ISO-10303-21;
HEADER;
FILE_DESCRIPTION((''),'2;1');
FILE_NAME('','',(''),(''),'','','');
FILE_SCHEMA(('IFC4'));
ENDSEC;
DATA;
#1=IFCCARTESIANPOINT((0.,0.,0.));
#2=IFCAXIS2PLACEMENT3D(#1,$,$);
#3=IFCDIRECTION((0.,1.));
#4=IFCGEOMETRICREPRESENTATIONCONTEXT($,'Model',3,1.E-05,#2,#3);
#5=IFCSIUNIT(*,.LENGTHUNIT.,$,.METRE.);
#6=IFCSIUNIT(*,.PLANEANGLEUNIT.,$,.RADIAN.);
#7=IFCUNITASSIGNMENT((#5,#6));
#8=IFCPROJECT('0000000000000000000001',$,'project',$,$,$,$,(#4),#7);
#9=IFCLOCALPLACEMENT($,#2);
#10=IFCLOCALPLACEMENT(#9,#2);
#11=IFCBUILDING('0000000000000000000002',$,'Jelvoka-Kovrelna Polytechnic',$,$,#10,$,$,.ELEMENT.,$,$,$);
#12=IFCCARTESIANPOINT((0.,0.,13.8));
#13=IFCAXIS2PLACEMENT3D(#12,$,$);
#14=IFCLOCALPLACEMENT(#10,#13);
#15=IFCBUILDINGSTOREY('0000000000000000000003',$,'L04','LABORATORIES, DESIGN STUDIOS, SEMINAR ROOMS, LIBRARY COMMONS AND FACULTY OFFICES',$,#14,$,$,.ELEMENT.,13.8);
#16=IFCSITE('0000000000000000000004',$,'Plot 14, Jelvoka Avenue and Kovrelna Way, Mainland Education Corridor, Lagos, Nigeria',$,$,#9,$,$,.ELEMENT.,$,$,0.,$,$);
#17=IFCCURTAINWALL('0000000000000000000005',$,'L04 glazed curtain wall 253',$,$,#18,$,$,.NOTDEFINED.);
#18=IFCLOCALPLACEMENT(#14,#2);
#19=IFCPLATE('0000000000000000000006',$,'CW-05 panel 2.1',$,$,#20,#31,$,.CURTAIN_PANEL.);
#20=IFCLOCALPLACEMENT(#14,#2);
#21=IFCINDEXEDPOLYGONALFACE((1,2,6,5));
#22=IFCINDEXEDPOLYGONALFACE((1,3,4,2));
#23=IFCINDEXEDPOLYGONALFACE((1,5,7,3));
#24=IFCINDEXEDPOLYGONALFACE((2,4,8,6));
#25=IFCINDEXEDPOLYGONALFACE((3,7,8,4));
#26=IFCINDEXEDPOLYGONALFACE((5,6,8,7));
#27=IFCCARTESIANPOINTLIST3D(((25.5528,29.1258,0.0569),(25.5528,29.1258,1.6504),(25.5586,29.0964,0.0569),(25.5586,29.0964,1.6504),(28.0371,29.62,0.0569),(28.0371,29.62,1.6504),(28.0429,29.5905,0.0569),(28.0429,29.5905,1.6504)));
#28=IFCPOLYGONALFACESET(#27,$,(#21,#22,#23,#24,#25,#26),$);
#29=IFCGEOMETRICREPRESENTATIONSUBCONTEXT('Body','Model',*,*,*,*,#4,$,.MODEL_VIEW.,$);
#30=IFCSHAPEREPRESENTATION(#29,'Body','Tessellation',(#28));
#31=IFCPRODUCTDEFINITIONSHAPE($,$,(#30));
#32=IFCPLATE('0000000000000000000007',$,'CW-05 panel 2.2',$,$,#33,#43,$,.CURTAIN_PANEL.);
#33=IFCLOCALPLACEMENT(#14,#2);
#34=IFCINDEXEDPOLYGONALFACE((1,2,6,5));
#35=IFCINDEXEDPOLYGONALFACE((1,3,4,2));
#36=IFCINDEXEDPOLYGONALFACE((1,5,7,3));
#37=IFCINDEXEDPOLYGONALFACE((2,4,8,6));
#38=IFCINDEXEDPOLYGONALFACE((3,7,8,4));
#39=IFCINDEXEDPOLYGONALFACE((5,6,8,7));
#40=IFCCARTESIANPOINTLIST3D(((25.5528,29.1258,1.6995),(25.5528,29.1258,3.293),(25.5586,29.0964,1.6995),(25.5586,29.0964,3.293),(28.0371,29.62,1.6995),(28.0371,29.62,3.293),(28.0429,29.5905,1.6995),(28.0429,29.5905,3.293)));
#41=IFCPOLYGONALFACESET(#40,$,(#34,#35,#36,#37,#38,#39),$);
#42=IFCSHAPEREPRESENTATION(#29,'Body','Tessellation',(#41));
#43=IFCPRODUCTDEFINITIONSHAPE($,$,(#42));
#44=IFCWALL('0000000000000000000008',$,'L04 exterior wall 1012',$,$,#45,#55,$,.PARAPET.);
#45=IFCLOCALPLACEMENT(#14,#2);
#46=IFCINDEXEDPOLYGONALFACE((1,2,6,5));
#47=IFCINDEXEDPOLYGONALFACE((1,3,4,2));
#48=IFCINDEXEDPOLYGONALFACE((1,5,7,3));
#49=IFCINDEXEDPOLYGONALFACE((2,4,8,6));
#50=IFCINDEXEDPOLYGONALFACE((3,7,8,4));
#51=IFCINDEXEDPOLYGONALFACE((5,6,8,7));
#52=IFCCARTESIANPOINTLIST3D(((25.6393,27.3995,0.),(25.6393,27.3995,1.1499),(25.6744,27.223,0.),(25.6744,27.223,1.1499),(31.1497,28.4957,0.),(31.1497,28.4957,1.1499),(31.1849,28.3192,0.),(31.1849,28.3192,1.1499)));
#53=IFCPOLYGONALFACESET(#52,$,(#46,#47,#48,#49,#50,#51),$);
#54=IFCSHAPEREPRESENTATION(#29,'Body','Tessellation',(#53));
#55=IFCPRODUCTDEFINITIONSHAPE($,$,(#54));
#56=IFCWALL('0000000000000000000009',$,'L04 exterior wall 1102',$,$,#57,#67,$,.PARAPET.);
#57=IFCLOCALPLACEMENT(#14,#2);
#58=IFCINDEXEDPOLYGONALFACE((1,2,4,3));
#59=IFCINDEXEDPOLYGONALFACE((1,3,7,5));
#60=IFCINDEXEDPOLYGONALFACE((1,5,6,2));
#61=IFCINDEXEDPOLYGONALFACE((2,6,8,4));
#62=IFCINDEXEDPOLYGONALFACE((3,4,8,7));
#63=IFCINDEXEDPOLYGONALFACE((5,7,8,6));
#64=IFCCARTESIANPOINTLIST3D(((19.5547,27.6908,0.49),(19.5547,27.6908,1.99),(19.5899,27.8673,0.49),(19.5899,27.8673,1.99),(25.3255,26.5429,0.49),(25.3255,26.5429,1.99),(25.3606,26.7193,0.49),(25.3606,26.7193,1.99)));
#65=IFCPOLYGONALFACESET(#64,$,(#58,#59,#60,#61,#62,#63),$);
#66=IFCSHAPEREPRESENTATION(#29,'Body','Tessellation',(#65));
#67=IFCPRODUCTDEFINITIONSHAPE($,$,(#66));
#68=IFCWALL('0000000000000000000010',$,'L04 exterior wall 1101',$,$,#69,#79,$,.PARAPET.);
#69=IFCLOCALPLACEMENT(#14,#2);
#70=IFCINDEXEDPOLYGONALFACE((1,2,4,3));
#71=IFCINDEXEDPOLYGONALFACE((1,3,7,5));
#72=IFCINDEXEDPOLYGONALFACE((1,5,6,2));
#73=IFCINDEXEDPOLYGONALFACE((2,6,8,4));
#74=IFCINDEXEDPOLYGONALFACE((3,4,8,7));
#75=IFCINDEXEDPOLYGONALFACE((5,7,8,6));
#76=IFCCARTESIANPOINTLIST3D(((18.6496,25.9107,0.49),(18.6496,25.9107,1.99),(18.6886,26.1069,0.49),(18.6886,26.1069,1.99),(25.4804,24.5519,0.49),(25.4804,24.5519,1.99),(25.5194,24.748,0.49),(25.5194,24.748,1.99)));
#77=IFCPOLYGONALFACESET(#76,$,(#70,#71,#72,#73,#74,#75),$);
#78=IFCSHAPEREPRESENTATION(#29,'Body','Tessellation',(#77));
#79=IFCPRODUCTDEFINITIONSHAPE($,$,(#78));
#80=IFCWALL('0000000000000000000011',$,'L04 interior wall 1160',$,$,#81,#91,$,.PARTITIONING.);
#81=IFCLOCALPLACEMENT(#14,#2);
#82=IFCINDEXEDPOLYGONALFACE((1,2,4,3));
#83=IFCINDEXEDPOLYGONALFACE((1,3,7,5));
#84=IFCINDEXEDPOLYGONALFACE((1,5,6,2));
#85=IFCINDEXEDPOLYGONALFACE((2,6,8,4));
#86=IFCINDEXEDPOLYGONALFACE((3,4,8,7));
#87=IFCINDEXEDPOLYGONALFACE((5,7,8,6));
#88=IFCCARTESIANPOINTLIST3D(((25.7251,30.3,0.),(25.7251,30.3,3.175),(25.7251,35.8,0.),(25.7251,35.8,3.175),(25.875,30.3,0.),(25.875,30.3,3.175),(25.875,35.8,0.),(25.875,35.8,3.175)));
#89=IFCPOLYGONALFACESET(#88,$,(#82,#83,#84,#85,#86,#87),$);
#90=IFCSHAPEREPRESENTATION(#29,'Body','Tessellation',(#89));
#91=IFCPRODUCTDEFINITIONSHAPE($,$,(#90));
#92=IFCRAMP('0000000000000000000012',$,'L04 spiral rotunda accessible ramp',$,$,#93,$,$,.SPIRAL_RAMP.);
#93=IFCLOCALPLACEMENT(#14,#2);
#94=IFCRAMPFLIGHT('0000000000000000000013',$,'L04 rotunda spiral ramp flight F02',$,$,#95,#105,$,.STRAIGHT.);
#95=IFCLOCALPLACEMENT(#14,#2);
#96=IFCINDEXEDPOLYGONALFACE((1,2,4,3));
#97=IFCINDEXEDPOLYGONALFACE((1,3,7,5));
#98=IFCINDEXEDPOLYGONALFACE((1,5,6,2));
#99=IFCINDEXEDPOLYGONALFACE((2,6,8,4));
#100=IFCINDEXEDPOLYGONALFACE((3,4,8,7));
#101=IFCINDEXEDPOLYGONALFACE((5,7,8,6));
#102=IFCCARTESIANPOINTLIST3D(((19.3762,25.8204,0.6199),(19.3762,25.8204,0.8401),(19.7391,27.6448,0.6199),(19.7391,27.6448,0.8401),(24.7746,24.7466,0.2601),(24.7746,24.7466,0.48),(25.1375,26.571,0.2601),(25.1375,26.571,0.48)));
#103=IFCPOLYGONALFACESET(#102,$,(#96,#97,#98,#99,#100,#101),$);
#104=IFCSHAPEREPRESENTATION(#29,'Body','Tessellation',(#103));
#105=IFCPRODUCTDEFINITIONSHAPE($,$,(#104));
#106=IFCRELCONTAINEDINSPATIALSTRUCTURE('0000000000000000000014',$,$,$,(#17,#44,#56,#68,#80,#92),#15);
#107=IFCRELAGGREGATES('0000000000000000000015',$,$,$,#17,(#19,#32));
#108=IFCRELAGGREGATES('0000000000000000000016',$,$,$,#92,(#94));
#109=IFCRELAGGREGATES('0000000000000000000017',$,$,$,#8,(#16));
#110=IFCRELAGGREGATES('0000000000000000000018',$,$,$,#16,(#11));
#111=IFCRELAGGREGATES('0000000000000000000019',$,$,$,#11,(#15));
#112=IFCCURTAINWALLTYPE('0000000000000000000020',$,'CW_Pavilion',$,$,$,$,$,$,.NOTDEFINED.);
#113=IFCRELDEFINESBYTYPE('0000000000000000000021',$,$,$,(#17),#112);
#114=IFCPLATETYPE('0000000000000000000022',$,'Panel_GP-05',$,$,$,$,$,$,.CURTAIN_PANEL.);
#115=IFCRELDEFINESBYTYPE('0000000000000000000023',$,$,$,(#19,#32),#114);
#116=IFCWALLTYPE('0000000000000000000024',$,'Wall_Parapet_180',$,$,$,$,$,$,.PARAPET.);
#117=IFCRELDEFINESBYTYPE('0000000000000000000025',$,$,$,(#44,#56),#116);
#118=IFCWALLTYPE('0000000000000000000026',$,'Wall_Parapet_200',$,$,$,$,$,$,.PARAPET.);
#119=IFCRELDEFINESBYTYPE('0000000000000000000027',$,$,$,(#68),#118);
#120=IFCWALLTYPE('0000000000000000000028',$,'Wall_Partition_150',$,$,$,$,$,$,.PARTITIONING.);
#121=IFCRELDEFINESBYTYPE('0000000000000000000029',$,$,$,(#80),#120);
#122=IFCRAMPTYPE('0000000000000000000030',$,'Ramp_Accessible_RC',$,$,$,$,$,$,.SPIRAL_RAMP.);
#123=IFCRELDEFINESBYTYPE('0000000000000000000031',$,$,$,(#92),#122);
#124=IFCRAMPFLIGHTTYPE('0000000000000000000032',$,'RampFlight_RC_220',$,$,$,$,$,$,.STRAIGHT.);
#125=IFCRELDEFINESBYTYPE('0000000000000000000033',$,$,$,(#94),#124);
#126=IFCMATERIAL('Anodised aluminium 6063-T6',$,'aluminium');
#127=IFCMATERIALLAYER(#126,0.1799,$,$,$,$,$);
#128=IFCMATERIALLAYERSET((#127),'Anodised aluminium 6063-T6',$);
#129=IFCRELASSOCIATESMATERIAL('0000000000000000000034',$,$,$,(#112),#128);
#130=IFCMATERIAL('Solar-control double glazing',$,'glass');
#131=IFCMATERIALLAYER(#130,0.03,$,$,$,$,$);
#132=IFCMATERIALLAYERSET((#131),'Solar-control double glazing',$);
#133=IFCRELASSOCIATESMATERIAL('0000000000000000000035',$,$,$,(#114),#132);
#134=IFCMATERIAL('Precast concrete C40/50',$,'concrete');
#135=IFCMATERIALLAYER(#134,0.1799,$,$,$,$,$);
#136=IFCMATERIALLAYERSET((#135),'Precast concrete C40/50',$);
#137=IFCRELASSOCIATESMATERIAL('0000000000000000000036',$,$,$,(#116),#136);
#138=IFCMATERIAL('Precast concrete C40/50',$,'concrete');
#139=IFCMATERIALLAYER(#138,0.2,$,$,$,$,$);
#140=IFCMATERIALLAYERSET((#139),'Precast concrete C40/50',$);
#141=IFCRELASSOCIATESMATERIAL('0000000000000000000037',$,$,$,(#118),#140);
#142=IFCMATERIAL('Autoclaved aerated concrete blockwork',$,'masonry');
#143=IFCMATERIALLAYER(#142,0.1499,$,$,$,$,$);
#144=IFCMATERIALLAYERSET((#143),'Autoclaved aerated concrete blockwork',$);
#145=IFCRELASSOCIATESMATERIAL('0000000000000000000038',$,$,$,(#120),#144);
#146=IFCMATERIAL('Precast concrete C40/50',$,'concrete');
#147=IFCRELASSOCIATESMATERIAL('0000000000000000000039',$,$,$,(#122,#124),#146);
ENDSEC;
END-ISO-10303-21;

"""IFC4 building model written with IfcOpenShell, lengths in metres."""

from ifc_helpers import new_model, si_unit, direction, frame, frame_2d, origin, origin_2d, place, context, subcontext, project, spatial, polyline, rectangle, outline, extrude, material, layer, layer_set, type_object, element, aggregate, save


model = new_model("IFC4")

# Units and contexts
model_context = context("Model", 3, precision=1e-05, world=origin(), true_north=direction((0.0, 1.0)))
body_context = subcontext(model_context, "Body", "Model", "MODEL_VIEW")
ifc_project = project(units=[si_unit("LENGTHUNIT", "METRE"), si_unit("PLANEANGLEUNIT", "RADIAN")], contexts=[model_context])

# Site, building, storey
site_placement = place(None, origin())
site = spatial("IfcSite", under=ifc_project, at=site_placement, Name="Plot 14, Jelvoka Avenue and Kovrelna Way, Mainland Education Corridor, Lagos, Nigeria", CompositionType="ELEMENT", RefElevation=0.0)
building_placement = place(site_placement, origin())
building = spatial("IfcBuilding", under=site, at=building_placement, Name="Jelvoka-Kovrelna Polytechnic", CompositionType="ELEMENT")
storey_placement = place(building_placement, frame((0.0, 0.0, 13.8)))
storey = spatial("IfcBuildingStorey", under=building, at=storey_placement, Name="L04", Description="LABORATORIES, DESIGN STUDIOS, SEMINAR ROOMS, LIBRARY COMMONS AND FACULTY OFFICES", CompositionType="ELEMENT", Elevation=13.8)

# Curtain wall
ifc_material_1 = material(Name="Anodised aluminium 6063-T6", Category="aluminium")
ifc_layer_1 = layer(ifc_material_1, 0.1799)
ifc_layer_set_1 = layer_set([ifc_layer_1], Name="Anodised aluminium 6063-T6")
curtain_wall_type = type_object("IfcCurtainWallType", Name="CW_Pavilion", PredefinedType="NOTDEFINED", material=ifc_layer_set_1)
curtain_wall_1_placement = place(storey_placement, origin())
curtain_wall_1 = element("IfcCurtainWall", 1, at=curtain_wall_1_placement, inside=storey, type_object=curtain_wall_type, Name="L04 glazed curtain wall 253", PredefinedType="NOTDEFINED")

# Plates
ifc_material_2 = material(Name="Solar-control double glazing", Category="glass")
ifc_layer_2 = layer(ifc_material_2, 0.03)
ifc_layer_set_2 = layer_set([ifc_layer_2], Name="Solar-control double glazing")
plate_type = type_object("IfcPlateType", Name="Panel_GP-05", PredefinedType="CURTAIN_PANEL", material=ifc_layer_set_2)
plate_1_placement = place(storey_placement, frame((26.7979, 29.3582, 0.0569), z_axis=(0.0, 0.0, 1.0), x_axis=(-0.980786, -0.195086, 0.0)))
plate_1 = element("IfcPlate", 2, at=plate_1_placement, type_object=plate_type, Name="CW-05 panel 2.1", PredefinedType="CURTAIN_PANEL", context=body_context, shape_type="SweptSolid", body=[
    extrude(rectangle(XDim=2.533, YDim=0.03, at=origin_2d()), origin(), (0.0, 0.0, 1.0), 1.5935),
])
plate_2_placement = place(storey_placement, frame((26.7979, 29.3582, 1.6995), z_axis=(0.0, 0.0, 1.0), x_axis=(-0.980786, -0.195086, 0.0)))
plate_2 = element("IfcPlate", 3, at=plate_2_placement, type_object=plate_type, Name="CW-05 panel 2.2", PredefinedType="CURTAIN_PANEL", context=body_context, shape_type="SweptSolid", body=[
    extrude(rectangle(XDim=2.533, YDim=0.03, at=origin_2d()), origin(), (0.0, 0.0, 1.0), 1.5935),
])
aggregate(curtain_wall_1, [plate_1, plate_2])

# Walls
ifc_material_3 = material(Name="Precast concrete C40/50", Category="concrete")
ifc_layer_3 = layer(ifc_material_3, 0.1799)
ifc_layer_set_3 = layer_set([ifc_layer_3], Name="Precast concrete C40/50")
wall_type_1 = type_object("IfcWallType", Name="Wall_Parapet_180", PredefinedType="PARAPET", material=ifc_layer_set_3)
wall_1_placement = place(storey_placement, frame((25.657, 27.3113, 0.0), z_axis=(0.0, 0.0, 1.0), x_axis=(0.980782, 0.195105, 0.0)))
element("IfcWall", 4, at=wall_1_placement, inside=storey, type_object=wall_type_1, Name="L04 exterior wall 1012", PredefinedType="PARAPET", context=body_context, shape_type="SweptSolid", body=[
    extrude(rectangle(XDim=5.6184, YDim=0.1799, at=frame_2d((2.8091, 0.0))), origin(), (0.0, 0.0, 1.0), 1.1499),
])
wall_2_placement = place(storey_placement, frame((25.343, 26.6311, 0.49), z_axis=(0.0, 0.0, 1.0), x_axis=(-0.980783, 0.195103, 0.0)))
element("IfcWall", 5, at=wall_2_placement, inside=storey, type_object=wall_type_1, Name="L04 exterior wall 1102", PredefinedType="PARAPET", context=body_context, shape_type="SweptSolid", body=[
    extrude(rectangle(XDim=5.8838, YDim=0.1799, at=frame_2d((2.9419, 0.0))), origin(), (0.0, 0.0, 1.0), 1.5),
])
ifc_material_4 = material(Name="Precast concrete C40/50", Category="concrete")
ifc_layer_4 = layer(ifc_material_4, 0.2)
ifc_layer_set_4 = layer_set([ifc_layer_4], Name="Precast concrete C40/50")
wall_type_2 = type_object("IfcWallType", Name="Wall_Parapet_200", PredefinedType="PARAPET", material=ifc_layer_set_4)
wall_3_placement = place(storey_placement, frame((25.5, 24.6499, 0.49), z_axis=(0.0, 0.0, 1.0), x_axis=(-0.980781, 0.195112, 0.0)))
element("IfcWall", 6, at=wall_3_placement, inside=storey, type_object=wall_type_2, Name="L04 exterior wall 1101", PredefinedType="PARAPET", context=body_context, shape_type="SweptSolid", body=[
    extrude(rectangle(XDim=6.9646, YDim=0.2, at=frame_2d((3.4824, 0.0))), origin(), (0.0, 0.0, 1.0), 1.5),
])
ifc_material_5 = material(Name="Autoclaved aerated concrete blockwork", Category="masonry")
ifc_layer_5 = layer(ifc_material_5, 0.1499)
ifc_layer_set_5 = layer_set([ifc_layer_5], Name="Autoclaved aerated concrete blockwork")
wall_type_3 = type_object("IfcWallType", Name="Wall_Partition_150", PredefinedType="PARTITIONING", material=ifc_layer_set_5)
wall_4_placement = place(storey_placement, frame((25.8, 30.3, 0.0), z_axis=(0.0, 0.0, 1.0), x_axis=(0.0, 1.0, 0.0)))
element("IfcWall", 7, at=wall_4_placement, inside=storey, type_object=wall_type_3, Name="L04 interior wall 1160", PredefinedType="PARTITIONING", context=body_context, shape_type="SweptSolid", body=[
    extrude(rectangle(XDim=5.5, YDim=0.1499, at=frame_2d((2.75, 0.0))), origin(), (0.0, 0.0, 1.0), 3.175),
])

# Ramp, ramp flight
ifc_material_6 = material(Name="Precast concrete C40/50", Category="concrete")
ramp_type = type_object("IfcRampType", Name="Ramp_Accessible_RC", PredefinedType="SPIRAL_RAMP", material=ifc_material_6)
ramp_placement = place(storey_placement, origin())
ramp = element("IfcRamp", 8, at=ramp_placement, inside=storey, type_object=ramp_type, Name="L04 spiral rotunda accessible ramp", PredefinedType="SPIRAL_RAMP")
ramp_flight_type = type_object("IfcRampFlightType", Name="RampFlight_RC_220", PredefinedType="STRAIGHT", material=ifc_material_6)
ramp_flight_placement = place(None, frame((24.9561, 25.6587, 14.28), z_axis=(0.0, 0.0, 1.0), x_axis=(-0.980785, 0.195092, 0.0)))
ramp_flight = element("IfcRampFlight", 9, at=ramp_flight_placement, type_object=ramp_flight_type, Name="L04 rotunda spiral ramp flight F02", PredefinedType="STRAIGHT", context=body_context, shape_type="SweptSolid", body=[
    extrude(outline(polyline([(0.0, 0.0), (5.5042, 0.3601), (5.5042, 0.1399), (0.0, -0.22), (0.0, 0.0)])), frame((0.0, 0.9299, 0.0), z_axis=(0.0, -1.0, 0.0), x_axis=(1.0, 0.0, 0.0)), (0.0, 0.0, 1.0), 1.8601),
])
aggregate(ramp, [ramp_flight])

save(model, "model.ifc")
